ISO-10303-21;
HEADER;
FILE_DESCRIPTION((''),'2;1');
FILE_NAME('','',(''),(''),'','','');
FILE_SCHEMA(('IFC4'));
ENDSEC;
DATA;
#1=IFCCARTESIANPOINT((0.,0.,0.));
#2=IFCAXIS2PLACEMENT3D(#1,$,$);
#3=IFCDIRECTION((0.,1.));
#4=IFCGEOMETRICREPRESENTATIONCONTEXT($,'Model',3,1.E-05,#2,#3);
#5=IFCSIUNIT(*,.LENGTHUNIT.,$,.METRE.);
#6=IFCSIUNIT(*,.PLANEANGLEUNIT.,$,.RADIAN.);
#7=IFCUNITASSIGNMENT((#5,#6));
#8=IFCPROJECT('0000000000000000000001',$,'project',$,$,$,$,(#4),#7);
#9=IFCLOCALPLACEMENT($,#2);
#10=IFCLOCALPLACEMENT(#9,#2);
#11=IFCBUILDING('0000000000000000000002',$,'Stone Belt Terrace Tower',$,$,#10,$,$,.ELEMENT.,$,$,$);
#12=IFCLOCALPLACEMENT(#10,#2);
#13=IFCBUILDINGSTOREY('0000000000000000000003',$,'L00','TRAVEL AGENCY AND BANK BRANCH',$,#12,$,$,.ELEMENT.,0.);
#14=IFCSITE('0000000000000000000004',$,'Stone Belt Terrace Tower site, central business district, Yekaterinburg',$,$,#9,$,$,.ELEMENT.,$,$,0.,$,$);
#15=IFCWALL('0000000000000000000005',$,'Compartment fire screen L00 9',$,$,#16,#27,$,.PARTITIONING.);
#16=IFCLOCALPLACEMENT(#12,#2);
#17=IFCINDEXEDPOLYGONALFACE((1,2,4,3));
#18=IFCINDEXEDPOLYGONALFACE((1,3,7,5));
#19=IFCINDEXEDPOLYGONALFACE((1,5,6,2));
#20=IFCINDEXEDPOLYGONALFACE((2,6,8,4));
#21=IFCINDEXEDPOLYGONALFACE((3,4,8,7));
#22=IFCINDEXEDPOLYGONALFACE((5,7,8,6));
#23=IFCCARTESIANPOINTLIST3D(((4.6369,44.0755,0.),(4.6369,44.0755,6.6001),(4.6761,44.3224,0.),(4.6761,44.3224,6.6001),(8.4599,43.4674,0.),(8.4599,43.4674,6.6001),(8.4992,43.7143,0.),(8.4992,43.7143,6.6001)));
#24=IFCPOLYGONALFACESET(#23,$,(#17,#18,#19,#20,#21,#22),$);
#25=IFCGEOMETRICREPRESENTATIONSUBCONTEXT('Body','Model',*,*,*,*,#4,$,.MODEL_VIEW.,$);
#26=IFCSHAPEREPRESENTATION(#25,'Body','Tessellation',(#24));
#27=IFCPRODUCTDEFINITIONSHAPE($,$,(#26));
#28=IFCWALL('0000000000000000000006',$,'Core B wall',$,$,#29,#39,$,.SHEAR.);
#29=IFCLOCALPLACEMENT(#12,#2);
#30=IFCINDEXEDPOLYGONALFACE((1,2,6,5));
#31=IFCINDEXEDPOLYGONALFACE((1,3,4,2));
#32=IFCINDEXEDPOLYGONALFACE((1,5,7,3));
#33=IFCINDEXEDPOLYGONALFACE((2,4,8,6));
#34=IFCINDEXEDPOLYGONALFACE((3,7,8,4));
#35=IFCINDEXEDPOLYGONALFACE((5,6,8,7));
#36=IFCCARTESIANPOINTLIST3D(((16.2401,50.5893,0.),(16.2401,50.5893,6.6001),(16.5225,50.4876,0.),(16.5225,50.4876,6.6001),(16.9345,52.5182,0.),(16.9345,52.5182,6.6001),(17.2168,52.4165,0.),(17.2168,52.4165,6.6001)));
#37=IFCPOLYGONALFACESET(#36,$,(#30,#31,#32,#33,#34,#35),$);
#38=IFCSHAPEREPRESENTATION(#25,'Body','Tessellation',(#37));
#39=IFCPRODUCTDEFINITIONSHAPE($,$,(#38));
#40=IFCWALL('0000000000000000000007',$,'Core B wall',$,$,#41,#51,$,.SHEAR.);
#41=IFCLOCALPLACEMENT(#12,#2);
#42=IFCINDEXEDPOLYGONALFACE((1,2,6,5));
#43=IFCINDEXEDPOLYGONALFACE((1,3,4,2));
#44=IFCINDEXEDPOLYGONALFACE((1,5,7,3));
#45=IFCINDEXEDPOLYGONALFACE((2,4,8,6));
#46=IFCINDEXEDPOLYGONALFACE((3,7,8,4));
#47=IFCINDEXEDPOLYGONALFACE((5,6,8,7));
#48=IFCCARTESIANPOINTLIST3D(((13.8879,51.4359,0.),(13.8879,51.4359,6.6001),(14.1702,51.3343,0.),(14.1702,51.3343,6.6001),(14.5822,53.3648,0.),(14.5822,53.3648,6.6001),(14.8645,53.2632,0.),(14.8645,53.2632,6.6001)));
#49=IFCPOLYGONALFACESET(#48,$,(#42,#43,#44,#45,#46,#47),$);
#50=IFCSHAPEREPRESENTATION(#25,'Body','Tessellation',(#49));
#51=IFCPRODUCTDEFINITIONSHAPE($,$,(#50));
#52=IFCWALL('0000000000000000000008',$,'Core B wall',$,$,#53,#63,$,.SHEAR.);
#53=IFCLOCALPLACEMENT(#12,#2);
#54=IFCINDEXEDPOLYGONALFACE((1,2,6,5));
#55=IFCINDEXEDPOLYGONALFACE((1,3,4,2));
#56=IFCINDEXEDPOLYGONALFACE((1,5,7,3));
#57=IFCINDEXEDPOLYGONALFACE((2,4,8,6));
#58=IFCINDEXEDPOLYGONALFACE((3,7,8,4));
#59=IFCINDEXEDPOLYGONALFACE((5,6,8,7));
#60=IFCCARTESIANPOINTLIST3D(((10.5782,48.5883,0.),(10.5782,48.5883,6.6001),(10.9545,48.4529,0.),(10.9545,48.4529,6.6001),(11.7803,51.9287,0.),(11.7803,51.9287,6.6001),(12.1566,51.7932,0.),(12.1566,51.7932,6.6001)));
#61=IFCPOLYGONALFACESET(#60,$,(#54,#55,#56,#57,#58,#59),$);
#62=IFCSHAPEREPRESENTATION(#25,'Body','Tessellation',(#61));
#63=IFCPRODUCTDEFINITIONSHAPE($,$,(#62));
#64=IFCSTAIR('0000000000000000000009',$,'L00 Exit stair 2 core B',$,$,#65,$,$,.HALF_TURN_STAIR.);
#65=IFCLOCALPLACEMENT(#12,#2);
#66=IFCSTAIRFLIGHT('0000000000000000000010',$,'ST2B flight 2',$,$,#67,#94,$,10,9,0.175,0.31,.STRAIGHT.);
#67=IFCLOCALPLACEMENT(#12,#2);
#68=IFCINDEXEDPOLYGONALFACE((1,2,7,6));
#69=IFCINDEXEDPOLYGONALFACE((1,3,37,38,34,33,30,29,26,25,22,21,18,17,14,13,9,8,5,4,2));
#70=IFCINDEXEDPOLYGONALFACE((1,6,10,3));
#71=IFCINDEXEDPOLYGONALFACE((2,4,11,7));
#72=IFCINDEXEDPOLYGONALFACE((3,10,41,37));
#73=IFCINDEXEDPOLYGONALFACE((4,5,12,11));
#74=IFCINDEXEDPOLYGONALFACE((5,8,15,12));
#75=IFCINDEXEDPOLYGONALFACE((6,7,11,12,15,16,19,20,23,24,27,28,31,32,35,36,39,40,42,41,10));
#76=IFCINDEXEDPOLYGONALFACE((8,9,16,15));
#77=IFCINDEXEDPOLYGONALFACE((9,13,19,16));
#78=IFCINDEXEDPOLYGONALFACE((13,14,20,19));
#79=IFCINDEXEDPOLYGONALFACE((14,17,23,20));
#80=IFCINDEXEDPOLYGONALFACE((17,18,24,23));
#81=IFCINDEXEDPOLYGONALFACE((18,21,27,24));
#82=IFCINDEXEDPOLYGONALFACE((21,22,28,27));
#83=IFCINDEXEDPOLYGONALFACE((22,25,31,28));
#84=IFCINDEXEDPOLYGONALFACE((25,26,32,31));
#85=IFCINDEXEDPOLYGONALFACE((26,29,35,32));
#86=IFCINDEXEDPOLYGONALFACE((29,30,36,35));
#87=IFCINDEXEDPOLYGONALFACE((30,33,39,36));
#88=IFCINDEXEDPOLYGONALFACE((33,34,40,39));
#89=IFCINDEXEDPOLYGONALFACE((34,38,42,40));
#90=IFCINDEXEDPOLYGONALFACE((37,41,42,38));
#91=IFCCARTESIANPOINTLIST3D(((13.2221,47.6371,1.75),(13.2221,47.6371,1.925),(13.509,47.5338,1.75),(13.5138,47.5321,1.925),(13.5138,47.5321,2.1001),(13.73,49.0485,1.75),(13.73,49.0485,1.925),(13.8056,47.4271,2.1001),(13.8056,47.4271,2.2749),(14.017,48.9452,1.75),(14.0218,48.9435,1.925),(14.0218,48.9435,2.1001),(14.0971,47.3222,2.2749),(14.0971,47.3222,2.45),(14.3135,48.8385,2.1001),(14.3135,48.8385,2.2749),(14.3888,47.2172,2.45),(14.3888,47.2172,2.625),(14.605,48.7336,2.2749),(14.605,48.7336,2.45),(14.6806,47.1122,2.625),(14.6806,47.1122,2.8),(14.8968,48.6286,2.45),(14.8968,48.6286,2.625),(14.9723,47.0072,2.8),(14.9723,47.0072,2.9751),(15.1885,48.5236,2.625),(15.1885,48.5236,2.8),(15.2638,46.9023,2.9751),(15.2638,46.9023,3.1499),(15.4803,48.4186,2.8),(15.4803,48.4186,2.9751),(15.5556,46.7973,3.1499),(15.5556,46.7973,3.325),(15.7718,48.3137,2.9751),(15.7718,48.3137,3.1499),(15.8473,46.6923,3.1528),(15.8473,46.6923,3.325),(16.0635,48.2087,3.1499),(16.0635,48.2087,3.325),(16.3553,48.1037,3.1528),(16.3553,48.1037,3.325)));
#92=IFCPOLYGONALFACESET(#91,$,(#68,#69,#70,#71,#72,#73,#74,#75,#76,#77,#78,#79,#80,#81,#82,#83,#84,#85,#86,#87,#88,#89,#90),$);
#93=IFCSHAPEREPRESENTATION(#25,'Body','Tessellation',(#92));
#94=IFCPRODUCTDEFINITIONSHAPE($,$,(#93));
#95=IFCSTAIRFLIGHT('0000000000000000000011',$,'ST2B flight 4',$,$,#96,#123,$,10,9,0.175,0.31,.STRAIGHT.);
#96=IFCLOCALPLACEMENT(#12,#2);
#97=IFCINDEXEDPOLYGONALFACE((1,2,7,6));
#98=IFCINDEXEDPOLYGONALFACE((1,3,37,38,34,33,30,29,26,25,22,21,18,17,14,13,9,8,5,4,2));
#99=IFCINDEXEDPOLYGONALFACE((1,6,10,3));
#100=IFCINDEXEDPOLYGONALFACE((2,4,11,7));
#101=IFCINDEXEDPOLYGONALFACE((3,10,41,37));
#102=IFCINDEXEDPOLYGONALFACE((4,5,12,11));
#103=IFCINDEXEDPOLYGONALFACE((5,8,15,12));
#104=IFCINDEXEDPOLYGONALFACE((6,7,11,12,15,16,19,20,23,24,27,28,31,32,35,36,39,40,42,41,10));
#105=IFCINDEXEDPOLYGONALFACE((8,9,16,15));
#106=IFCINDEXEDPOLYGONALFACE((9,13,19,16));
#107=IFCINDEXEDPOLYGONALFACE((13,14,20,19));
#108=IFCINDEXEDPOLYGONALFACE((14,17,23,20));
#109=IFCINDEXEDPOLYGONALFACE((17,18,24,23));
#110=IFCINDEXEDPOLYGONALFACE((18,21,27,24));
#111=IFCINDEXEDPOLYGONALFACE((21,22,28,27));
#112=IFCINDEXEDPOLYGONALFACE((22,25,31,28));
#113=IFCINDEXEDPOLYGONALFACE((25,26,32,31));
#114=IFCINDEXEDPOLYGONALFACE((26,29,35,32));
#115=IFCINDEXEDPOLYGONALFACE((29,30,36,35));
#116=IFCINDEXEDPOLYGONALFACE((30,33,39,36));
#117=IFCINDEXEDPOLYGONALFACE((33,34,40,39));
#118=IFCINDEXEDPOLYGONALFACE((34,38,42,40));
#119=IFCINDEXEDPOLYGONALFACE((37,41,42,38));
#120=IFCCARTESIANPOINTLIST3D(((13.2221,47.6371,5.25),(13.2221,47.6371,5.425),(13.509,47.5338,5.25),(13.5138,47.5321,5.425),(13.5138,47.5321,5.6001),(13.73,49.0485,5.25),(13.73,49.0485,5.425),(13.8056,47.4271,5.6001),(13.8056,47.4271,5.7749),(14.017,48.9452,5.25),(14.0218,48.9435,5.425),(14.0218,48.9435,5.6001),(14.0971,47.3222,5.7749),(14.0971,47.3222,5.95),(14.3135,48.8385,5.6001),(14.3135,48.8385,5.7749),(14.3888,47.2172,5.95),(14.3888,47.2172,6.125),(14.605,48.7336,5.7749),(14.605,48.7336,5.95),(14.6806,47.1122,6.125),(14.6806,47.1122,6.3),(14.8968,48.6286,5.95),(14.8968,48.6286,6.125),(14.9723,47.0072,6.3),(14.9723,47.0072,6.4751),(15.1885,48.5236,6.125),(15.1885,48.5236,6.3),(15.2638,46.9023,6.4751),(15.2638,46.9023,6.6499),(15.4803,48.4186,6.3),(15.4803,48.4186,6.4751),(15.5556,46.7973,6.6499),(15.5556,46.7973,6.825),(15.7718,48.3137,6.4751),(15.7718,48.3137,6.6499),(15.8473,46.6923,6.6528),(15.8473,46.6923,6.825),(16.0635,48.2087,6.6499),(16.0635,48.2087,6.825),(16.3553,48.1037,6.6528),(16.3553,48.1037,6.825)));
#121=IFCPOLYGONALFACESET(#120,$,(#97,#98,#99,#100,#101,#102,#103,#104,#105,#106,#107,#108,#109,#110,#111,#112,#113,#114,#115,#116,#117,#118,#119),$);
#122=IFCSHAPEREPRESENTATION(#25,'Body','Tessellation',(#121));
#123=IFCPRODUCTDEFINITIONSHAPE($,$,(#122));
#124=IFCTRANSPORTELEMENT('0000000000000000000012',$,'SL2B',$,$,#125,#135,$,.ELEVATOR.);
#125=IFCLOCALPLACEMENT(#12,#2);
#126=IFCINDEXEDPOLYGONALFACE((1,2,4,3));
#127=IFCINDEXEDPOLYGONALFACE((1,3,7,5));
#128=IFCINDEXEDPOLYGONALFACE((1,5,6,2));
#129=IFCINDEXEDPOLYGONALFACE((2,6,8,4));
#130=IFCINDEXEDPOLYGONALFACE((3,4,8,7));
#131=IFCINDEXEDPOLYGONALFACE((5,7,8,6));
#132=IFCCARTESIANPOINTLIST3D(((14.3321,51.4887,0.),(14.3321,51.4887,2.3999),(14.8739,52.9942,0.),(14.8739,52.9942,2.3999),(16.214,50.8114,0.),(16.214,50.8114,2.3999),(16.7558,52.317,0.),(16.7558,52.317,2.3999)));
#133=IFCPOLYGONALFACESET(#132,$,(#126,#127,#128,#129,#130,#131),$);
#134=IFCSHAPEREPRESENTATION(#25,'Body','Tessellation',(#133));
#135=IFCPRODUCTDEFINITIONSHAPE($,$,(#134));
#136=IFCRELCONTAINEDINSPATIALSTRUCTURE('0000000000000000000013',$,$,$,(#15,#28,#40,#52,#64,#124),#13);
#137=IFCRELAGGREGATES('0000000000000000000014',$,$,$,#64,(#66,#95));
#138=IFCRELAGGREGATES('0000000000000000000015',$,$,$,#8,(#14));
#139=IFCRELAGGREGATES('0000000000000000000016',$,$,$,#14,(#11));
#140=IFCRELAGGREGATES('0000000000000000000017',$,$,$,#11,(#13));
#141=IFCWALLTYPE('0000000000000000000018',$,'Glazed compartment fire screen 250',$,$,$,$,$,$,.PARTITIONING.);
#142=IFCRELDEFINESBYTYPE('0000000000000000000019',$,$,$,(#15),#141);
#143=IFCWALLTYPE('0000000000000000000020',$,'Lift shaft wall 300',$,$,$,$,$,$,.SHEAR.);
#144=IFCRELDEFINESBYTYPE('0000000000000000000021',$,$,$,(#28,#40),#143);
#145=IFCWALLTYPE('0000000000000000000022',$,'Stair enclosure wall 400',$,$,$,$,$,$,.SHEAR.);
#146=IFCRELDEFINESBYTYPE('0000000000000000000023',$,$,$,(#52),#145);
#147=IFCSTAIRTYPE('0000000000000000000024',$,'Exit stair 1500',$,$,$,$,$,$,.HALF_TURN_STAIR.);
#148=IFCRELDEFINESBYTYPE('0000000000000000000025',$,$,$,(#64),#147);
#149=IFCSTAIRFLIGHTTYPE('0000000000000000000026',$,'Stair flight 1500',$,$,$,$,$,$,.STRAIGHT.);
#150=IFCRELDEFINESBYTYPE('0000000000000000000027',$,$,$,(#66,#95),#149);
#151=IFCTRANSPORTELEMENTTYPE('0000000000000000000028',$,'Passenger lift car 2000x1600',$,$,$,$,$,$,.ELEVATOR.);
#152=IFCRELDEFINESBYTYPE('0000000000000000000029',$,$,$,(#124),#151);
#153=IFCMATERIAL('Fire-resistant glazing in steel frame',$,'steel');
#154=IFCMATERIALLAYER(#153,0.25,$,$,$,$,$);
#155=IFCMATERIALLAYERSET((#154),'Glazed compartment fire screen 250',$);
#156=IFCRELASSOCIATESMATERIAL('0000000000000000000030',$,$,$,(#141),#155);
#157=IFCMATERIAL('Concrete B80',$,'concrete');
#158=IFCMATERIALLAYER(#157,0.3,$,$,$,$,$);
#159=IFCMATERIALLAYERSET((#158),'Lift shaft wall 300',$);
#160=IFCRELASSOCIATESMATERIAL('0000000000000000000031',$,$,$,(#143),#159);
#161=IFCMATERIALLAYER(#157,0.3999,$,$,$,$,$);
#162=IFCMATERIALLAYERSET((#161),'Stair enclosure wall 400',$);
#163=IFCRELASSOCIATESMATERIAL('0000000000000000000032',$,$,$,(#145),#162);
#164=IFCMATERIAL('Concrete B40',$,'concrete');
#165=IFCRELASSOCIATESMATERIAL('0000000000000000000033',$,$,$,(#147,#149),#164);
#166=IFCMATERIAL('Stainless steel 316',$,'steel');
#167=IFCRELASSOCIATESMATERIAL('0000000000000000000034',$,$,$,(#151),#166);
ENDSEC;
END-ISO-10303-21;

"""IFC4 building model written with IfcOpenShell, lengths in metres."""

from ifc_helpers import new_model, si_unit, direction, frame, frame_2d, origin, origin_2d, place, context, subcontext, project, spatial, polyline, rectangle, outline, extrude, material, layer, layer_set, type_object, element, aggregate, save


model = new_model("IFC4")

# Units and contexts
model_context = context("Model", 3, precision=1e-05, world=origin(), true_north=direction((0.0, 1.0)))
body_context = subcontext(model_context, "Body", "Model", "MODEL_VIEW")
ifc_project = project(units=[si_unit("LENGTHUNIT", "METRE"), si_unit("PLANEANGLEUNIT", "RADIAN")], contexts=[model_context])

# Site, building, storey
site_placement = place(None, origin())
site = spatial("IfcSite", under=ifc_project, at=site_placement, Name="Stone Belt Terrace Tower site, central business district, Yekaterinburg", CompositionType="ELEMENT", RefElevation=0.0)
building_placement = place(site_placement, origin())
building = spatial("IfcBuilding", under=site, at=building_placement, Name="Stone Belt Terrace Tower", CompositionType="ELEMENT")
storey_placement = place(building_placement, origin())
storey = spatial("IfcBuildingStorey", under=building, at=storey_placement, Name="L00", Description="TRAVEL AGENCY AND BANK BRANCH", CompositionType="ELEMENT", Elevation=0.0)

# Shared definitions
ifc_material_1 = material(Name="Concrete B80", Category="concrete")

# Walls
ifc_material_2 = material(Name="Fire-resistant glazing in steel frame", Category="steel")
ifc_layer_1 = layer(ifc_material_2, 0.25)
ifc_layer_set_1 = layer_set([ifc_layer_1], Name="Glazed compartment fire screen 250")
wall_type_1 = type_object("IfcWallType", Name="Glazed compartment fire screen 250", PredefinedType="PARTITIONING", material=ifc_layer_set_1)
wall_1_placement = place(storey_placement, frame((4.6565, 44.199, 0.0), z_axis=(0.0, 0.0, 1.0), x_axis=(0.987582, -0.157102, 0.0)))
element("IfcWall", 1, at=wall_1_placement, inside=storey, type_object=wall_type_1, Name="Compartment fire screen L00 9", PredefinedType="PARTITIONING", context=body_context, shape_type="SweptSolid", body=[
    extrude(rectangle(XDim=3.8711, YDim=0.25, at=frame_2d((1.9355, 0.0))), origin(), (0.0, 0.0, 1.0), 6.6001),
])
ifc_layer_2 = layer(ifc_material_1, 0.3)
ifc_layer_set_2 = layer_set([ifc_layer_2], Name="Lift shaft wall 300")
wall_type_2 = type_object("IfcWallType", Name="Lift shaft wall 300", PredefinedType="SHEAR", material=ifc_layer_set_2)
for number, where, z_axis, x_axis, name in (
    (2, (16.3813, 50.5386, 0.0), (0.0, 0.0, 1.0), (0.338682, 0.940901, 0.0), "Core B wall"),
    (3, (14.0291, 51.3853, 0.0), (0.0, 0.0, 1.0), (0.338682, 0.940901, 0.0), "Core B wall"),
):
    element("IfcWall", number, at=place(storey_placement, frame(where, z_axis=z_axis, x_axis=x_axis)), inside=storey, type_object=wall_type_2, Name=name, PredefinedType="SHEAR", context=body_context, shape_type="SweptSolid", body=[
        extrude(rectangle(XDim=2.05, YDim=0.3, at=frame_2d((1.0249, 0.0))), origin(), (0.0, 0.0, 1.0), 6.6001),
    ])
ifc_layer_3 = layer(ifc_material_1, 0.3999)
ifc_layer_set_3 = layer_set([ifc_layer_3], Name="Stair enclosure wall 400")
wall_type_3 = type_object("IfcWallType", Name="Stair enclosure wall 400", PredefinedType="SHEAR", material=ifc_layer_set_3)
wall_2_placement = place(storey_placement, frame((10.7664, 48.5208, 0.0), z_axis=(0.0, 0.0, 1.0), x_axis=(0.338627, 0.940921, 0.0)))
element("IfcWall", 4, at=wall_2_placement, inside=storey, type_object=wall_type_3, Name="Core B wall", PredefinedType="SHEAR", context=body_context, shape_type="SweptSolid", body=[
    extrude(rectangle(XDim=3.55, YDim=0.3999, at=frame_2d((1.7749, 0.0))), origin(), (0.0, 0.0, 1.0), 6.6001),
])

# Stair, stair flights
ifc_material_3 = material(Name="Concrete B40", Category="concrete")
stair_type = type_object("IfcStairType", Name="Exit stair 1500", PredefinedType="HALF_TURN_STAIR", material=ifc_material_3)
stair_placement = place(storey_placement, origin())
stair = element("IfcStair", 5, at=stair_placement, inside=storey, type_object=stair_type, Name="L00 Exit stair 2 core B", PredefinedType="HALF_TURN_STAIR")
stair_flight_type = type_object("IfcStairFlightType", Name="Stair flight 1500", PredefinedType="STRAIGHT", material=ifc_material_3)
stair_flight_1_placement = place(storey_placement, frame((13.4761, 48.3428, 1.75), z_axis=(0.0, 0.0, 1.0), x_axis=(0.940922, -0.338624, 0.0)))
stair_flight_1 = element("IfcStairFlight", 6, at=stair_flight_1_placement, type_object=stair_flight_type, Name="ST2B flight 2", NumberOfRisers=10, NumberOfTreads=9, PredefinedType="STRAIGHT", RiserHeight=0.175, TreadLength=0.31, context=body_context, shape_type="SweptSolid", body=[
    extrude(outline(polyline([(0.0, 0.0), (0.0, 0.175), (0.3101, 0.175), (0.3101, 0.3501), (0.6201, 0.3501), (0.6201, 0.5249), (0.9299, 0.5249), (0.9299, 0.7), (1.24, 0.7), (1.24, 0.875), (1.55, 0.875), (1.55, 1.05), (1.8601, 1.05), (1.8601, 1.2251), (2.1699, 1.2251), (2.1699, 1.3999), (2.48, 1.3999), (2.48, 1.575), (2.79, 1.575), (2.79, 1.75), (2.79, 1.4028), (0.3049, 0.0), (0.0, 0.0)])), frame((0.0, 0.75, 0.0), z_axis=(0.0, -1.0, 0.0), x_axis=(1.0, 0.0, 0.0)), (0.0, 0.0, 1.0), 1.5),
])
stair_flight_2_placement = place(storey_placement, frame((13.4761, 48.3428, 5.25), z_axis=(0.0, 0.0, 1.0), x_axis=(0.940922, -0.338624, 0.0)))
stair_flight_2 = element("IfcStairFlight", 7, at=stair_flight_2_placement, type_object=stair_flight_type, Name="ST2B flight 4", NumberOfRisers=10, NumberOfTreads=9, PredefinedType="STRAIGHT", RiserHeight=0.175, TreadLength=0.31, context=body_context, shape_type="SweptSolid", body=[
    extrude(outline(polyline([(0.0, 0.0), (0.0, 0.175), (0.3101, 0.175), (0.3101, 0.3501), (0.6201, 0.3501), (0.6201, 0.5249), (0.9299, 0.5249), (0.9299, 0.7), (1.24, 0.7), (1.24, 0.875), (1.55, 0.875), (1.55, 1.05), (1.8601, 1.05), (1.8601, 1.2251), (2.1699, 1.2251), (2.1699, 1.3999), (2.48, 1.3999), (2.48, 1.575), (2.79, 1.575), (2.79, 1.75), (2.79, 1.4028), (0.3049, 0.0), (0.0, 0.0)])), frame((0.0, 0.75, 0.0), z_axis=(0.0, -1.0, 0.0), x_axis=(1.0, 0.0, 0.0)), (0.0, 0.0, 1.0), 1.5),
])
aggregate(stair, [stair_flight_1, stair_flight_2])

# Transport element
ifc_material_4 = material(Name="Stainless steel 316", Category="steel")
transport_element_type = type_object("IfcTransportElementType", Name="Passenger lift car 2000x1600", PredefinedType="ELEVATOR", material=ifc_material_4)
transport_element_placement = place(storey_placement, frame((15.5439, 51.9028, 0.0), z_axis=(0.0, 0.0, 1.0), x_axis=(-0.940922, 0.338625, 0.0)))
element("IfcTransportElement", 8, at=transport_element_placement, inside=storey, type_object=transport_element_type, Name="SL2B", PredefinedType="ELEVATOR", context=body_context, shape_type="SweptSolid", body=[
    extrude(rectangle(XDim=2.0, YDim=1.6001, at=origin_2d()), origin(), (0.0, 0.0, 1.0), 2.3999),
])

save(model, "model.ifc")
